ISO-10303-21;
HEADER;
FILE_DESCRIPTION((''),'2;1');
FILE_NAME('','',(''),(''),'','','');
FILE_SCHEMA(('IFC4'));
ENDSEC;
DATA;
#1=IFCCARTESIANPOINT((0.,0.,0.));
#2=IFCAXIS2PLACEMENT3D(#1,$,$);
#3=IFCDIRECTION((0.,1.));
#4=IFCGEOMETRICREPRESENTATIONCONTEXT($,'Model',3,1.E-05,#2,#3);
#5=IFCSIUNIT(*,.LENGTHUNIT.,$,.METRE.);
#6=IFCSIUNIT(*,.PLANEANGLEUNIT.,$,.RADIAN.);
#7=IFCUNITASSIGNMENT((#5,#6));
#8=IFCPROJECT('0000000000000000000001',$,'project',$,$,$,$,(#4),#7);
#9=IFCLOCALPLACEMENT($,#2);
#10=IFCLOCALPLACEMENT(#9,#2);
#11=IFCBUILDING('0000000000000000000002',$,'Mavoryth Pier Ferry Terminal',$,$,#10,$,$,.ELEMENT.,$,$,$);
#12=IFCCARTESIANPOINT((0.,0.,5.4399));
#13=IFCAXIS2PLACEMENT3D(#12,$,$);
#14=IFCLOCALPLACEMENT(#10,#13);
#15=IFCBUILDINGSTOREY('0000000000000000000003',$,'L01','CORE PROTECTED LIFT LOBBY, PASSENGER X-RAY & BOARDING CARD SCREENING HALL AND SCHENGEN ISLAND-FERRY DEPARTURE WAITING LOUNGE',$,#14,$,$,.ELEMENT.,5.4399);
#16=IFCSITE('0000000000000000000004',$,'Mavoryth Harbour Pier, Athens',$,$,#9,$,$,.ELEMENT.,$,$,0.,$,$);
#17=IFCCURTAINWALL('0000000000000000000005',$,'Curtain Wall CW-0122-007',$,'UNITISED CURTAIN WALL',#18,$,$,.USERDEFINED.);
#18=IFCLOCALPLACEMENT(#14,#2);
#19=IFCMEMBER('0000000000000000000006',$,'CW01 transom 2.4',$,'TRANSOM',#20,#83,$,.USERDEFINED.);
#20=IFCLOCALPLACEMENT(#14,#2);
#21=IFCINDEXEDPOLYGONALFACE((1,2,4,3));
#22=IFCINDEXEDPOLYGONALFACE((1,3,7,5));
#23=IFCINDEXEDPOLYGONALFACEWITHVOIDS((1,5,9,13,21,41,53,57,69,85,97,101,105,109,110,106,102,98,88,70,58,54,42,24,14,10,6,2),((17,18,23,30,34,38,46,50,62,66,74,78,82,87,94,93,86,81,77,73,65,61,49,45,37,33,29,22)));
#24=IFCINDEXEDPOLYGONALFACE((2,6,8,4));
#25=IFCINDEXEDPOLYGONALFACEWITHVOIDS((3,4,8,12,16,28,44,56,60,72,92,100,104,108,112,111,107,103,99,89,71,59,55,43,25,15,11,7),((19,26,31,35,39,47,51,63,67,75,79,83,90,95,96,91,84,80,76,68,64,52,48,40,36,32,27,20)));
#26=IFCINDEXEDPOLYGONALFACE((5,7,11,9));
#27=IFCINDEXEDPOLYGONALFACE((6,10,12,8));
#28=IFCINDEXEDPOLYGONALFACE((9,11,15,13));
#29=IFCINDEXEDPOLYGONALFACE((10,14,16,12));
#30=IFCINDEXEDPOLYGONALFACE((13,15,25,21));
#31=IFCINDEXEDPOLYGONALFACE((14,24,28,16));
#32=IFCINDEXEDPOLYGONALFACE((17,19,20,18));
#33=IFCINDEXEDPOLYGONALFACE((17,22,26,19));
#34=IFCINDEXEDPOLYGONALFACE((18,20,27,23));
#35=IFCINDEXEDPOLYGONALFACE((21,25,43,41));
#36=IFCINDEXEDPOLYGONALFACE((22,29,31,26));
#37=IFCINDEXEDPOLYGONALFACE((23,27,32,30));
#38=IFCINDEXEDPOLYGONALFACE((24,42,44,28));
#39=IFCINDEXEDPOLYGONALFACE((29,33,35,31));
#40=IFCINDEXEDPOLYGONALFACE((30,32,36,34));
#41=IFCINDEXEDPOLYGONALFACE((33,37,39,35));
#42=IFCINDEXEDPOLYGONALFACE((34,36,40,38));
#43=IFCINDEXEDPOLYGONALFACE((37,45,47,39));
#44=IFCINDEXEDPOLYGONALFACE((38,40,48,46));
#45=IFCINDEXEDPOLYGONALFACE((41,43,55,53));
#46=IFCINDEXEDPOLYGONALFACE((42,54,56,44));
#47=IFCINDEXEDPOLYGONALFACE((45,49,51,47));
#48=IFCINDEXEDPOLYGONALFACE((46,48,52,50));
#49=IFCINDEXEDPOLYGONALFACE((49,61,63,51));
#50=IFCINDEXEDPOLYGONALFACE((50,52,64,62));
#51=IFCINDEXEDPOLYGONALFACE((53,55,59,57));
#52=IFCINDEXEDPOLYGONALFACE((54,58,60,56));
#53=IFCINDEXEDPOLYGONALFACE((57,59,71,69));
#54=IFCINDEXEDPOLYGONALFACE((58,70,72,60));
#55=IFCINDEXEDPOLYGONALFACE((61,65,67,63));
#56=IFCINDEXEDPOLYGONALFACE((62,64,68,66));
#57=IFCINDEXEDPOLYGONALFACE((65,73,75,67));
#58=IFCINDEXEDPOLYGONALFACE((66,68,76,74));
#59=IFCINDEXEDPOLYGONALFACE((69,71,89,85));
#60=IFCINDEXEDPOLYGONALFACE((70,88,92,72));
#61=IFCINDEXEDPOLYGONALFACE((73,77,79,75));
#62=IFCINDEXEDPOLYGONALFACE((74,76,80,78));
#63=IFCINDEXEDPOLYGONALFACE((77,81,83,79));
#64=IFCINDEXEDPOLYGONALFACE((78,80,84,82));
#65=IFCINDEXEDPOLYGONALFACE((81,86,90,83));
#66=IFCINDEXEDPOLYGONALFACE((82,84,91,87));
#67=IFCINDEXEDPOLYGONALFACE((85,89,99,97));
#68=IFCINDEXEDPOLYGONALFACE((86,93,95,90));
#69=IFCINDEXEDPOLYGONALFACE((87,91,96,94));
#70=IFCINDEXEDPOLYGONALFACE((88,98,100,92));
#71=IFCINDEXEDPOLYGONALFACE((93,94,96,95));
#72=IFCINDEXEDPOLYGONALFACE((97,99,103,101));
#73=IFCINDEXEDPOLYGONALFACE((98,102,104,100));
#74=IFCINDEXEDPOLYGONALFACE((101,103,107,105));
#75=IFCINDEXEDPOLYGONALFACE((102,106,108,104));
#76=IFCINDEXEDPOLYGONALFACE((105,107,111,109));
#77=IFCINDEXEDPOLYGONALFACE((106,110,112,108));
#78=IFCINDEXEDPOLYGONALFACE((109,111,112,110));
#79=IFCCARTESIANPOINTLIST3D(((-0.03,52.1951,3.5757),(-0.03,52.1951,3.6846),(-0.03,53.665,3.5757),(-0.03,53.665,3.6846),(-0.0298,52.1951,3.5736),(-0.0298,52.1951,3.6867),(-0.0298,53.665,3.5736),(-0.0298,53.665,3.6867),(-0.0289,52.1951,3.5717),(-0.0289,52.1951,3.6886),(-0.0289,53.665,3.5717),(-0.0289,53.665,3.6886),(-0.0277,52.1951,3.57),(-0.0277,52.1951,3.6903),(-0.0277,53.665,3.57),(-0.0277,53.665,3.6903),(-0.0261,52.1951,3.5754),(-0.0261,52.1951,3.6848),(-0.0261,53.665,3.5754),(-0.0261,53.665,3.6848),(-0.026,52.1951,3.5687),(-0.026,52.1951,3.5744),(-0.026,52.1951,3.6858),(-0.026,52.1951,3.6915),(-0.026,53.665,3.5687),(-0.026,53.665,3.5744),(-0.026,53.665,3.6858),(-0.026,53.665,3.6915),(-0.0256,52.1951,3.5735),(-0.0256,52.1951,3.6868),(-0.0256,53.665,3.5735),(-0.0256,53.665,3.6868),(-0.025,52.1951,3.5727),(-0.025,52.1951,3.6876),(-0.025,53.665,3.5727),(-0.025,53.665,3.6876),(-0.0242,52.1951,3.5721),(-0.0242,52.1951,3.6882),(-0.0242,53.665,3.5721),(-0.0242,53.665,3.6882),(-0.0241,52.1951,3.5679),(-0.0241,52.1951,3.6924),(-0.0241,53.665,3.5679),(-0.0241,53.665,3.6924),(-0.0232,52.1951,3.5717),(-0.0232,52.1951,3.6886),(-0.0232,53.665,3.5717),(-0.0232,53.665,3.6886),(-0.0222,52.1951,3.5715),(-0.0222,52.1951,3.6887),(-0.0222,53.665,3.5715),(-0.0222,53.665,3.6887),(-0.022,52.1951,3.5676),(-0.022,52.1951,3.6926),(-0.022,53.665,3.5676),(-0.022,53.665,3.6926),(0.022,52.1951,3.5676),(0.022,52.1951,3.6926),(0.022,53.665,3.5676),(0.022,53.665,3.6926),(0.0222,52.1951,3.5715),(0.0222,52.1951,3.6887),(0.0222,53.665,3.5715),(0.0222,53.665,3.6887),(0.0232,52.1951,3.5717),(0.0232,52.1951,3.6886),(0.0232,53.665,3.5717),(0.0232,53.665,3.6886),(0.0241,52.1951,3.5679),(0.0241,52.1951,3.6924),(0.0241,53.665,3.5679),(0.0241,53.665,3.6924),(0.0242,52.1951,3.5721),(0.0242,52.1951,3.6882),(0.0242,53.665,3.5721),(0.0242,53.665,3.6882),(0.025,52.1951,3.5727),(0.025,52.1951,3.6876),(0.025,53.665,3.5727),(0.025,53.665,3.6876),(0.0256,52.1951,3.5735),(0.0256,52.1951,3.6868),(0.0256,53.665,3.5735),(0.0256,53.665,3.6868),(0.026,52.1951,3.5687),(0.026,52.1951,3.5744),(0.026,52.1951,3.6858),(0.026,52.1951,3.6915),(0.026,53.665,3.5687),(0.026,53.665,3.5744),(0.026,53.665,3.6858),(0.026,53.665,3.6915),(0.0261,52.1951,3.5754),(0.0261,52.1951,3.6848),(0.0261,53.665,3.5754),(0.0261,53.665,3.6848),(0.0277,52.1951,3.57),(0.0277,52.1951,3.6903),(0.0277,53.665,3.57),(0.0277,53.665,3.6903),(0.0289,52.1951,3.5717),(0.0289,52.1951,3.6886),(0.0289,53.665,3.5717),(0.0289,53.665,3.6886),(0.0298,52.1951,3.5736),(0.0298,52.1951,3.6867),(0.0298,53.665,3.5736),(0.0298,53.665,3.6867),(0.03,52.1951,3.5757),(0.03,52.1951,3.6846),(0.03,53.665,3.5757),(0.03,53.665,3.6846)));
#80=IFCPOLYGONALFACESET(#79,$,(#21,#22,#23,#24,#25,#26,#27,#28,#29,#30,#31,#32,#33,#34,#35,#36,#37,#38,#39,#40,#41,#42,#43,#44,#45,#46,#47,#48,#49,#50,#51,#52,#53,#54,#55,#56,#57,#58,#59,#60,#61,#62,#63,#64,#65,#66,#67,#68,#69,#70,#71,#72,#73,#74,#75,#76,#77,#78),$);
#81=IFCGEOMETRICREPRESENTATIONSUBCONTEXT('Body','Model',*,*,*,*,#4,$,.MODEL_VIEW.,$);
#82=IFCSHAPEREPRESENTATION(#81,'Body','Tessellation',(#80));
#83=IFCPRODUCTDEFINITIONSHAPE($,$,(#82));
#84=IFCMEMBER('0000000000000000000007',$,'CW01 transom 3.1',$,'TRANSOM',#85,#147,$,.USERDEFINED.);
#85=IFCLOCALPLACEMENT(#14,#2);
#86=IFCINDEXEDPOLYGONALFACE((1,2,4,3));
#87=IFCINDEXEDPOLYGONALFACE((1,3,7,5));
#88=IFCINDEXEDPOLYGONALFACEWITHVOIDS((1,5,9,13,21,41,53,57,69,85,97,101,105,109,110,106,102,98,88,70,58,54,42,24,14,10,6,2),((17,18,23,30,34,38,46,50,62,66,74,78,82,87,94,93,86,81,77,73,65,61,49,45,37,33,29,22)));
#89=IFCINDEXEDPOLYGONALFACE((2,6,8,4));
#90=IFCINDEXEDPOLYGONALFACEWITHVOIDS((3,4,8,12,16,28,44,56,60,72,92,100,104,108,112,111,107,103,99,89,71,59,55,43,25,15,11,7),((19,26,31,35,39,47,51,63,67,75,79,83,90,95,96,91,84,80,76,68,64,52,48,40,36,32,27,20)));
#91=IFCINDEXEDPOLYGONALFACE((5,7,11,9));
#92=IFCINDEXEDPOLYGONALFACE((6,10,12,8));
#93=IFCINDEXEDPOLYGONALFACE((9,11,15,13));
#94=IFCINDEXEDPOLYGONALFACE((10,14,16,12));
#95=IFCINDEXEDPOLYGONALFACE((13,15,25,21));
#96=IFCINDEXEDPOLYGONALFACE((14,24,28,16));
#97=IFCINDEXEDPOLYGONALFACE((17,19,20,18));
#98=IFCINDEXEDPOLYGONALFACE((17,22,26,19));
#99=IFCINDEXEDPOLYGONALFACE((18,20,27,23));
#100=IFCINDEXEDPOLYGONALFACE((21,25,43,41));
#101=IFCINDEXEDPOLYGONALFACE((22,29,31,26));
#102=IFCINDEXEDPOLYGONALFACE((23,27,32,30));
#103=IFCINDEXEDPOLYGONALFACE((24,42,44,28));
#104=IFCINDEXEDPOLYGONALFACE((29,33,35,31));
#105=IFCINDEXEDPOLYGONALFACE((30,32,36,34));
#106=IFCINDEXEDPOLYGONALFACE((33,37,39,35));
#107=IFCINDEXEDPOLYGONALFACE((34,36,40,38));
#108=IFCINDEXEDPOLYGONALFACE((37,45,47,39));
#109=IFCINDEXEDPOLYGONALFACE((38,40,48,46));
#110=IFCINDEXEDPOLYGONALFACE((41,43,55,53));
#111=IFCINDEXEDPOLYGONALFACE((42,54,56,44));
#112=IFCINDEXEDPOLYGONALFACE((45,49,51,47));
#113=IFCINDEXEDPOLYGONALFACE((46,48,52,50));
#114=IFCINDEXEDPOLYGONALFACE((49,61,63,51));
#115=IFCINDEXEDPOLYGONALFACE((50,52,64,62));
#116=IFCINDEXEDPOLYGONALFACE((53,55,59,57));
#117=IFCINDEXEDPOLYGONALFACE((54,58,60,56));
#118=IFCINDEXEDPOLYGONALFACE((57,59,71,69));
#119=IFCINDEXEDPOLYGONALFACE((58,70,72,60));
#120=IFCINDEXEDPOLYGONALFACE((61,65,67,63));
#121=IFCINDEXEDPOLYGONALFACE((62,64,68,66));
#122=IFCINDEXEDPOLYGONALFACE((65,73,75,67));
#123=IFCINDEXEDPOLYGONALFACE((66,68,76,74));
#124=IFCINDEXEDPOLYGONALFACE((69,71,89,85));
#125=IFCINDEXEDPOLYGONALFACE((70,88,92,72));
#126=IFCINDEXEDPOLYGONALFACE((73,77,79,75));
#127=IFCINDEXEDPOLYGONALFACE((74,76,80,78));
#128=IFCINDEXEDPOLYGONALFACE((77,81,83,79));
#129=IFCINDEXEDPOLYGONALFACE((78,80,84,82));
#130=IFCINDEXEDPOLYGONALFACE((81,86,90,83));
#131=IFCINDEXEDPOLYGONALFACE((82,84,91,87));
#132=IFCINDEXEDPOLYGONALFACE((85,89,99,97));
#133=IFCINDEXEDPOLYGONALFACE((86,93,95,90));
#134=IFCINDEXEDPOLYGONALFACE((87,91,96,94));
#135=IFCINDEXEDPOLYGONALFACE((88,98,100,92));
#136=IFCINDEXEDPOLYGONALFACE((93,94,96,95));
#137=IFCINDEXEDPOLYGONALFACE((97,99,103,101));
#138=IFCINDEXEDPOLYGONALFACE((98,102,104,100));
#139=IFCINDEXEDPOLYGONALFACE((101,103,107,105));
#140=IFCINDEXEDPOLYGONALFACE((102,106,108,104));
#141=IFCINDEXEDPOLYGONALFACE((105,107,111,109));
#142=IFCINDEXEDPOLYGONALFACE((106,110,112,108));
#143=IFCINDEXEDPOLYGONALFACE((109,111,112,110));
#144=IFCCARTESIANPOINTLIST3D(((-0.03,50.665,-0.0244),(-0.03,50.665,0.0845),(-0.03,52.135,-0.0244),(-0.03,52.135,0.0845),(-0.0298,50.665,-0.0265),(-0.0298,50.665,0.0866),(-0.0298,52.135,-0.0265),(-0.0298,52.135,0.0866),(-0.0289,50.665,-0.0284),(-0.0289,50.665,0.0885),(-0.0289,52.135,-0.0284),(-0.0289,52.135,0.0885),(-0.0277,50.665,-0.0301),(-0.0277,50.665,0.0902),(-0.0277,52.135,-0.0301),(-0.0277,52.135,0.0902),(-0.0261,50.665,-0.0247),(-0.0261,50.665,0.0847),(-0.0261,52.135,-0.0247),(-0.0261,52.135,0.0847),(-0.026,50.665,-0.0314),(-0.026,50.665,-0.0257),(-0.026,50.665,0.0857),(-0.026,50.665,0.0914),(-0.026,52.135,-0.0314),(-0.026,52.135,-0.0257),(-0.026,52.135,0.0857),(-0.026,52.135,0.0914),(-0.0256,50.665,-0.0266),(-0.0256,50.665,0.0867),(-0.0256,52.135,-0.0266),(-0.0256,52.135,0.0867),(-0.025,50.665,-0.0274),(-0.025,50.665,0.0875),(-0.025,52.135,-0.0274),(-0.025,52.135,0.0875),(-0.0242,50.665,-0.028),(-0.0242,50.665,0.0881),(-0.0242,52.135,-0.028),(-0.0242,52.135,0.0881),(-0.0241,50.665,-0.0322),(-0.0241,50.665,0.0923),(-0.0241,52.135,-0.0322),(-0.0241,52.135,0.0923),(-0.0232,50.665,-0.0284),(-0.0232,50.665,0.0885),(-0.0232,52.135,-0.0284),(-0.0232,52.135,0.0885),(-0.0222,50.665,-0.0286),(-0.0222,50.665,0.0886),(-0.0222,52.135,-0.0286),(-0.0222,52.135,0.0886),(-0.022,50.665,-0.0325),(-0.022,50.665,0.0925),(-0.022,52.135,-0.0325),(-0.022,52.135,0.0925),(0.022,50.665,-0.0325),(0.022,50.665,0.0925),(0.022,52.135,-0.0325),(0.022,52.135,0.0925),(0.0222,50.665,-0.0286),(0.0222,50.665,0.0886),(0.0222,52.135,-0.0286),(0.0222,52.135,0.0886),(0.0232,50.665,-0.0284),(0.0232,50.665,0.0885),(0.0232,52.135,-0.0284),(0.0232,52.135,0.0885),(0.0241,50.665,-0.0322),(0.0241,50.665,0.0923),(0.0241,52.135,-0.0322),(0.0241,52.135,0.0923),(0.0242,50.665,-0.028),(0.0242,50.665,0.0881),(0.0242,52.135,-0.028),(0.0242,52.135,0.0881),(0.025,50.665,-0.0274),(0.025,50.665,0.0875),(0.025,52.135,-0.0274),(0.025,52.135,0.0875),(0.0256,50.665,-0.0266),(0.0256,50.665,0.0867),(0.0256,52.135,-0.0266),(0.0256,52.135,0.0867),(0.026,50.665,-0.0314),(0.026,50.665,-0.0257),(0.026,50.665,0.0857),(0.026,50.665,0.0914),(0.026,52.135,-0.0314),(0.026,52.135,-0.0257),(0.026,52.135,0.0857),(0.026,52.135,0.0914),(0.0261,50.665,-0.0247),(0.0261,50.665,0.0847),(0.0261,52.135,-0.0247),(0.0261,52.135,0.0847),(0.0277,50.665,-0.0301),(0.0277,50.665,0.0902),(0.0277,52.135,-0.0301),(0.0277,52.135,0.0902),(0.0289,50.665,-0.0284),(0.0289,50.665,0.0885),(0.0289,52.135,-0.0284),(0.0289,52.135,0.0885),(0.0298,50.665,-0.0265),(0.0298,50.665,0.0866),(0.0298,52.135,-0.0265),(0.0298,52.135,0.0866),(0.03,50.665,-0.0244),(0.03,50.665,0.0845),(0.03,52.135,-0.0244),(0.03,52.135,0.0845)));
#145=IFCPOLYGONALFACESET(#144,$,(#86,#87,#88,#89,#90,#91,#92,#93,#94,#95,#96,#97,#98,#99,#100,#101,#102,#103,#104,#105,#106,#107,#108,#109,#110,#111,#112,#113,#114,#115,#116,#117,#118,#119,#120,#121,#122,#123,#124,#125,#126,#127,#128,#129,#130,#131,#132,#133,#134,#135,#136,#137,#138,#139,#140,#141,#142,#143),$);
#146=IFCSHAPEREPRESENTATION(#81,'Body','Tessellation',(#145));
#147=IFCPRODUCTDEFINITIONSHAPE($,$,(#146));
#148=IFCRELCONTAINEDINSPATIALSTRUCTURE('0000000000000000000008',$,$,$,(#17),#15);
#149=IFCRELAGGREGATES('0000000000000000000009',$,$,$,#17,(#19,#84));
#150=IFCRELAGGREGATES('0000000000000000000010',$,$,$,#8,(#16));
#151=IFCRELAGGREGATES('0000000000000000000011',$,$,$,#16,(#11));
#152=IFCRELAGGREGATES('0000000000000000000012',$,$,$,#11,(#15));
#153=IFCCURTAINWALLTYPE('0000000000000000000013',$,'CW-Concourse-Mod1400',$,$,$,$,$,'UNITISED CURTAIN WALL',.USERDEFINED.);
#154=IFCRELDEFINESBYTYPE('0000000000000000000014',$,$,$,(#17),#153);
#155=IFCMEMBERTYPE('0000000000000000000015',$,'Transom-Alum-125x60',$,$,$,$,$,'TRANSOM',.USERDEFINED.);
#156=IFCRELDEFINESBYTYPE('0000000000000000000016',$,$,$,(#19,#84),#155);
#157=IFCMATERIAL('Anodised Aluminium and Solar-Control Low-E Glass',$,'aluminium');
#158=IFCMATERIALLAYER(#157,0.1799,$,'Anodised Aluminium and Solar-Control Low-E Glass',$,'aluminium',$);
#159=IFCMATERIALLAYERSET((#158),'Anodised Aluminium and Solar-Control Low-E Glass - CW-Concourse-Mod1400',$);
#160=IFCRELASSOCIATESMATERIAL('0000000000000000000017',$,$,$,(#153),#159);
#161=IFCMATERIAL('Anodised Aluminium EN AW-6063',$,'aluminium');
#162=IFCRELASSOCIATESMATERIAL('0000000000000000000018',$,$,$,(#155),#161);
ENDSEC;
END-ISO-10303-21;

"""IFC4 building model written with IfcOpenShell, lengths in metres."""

from ifc_helpers import new_model, si_unit, direction, frame, origin, origin_2d, place, context, subcontext, project, spatial, hollow_rectangle, extrude, material, layer, layer_set, material_profile, profile_set, type_object, element, aggregate, save


model = new_model("IFC4")

# Units and contexts
model_context = context("Model", 3, precision=1e-05, world=origin(), true_north=direction((0.0, 1.0)))
body_context = subcontext(model_context, "Body", "Model", "MODEL_VIEW")
ifc_project = project(units=[si_unit("LENGTHUNIT", "METRE"), si_unit("PLANEANGLEUNIT", "RADIAN")], contexts=[model_context])

# Site, building, storey
site_placement = place(None, origin())
site = spatial("IfcSite", under=ifc_project, at=site_placement, Name="Mavoryth Harbour Pier, Athens", CompositionType="ELEMENT", RefElevation=0.0)
building_placement = place(site_placement, origin())
building = spatial("IfcBuilding", under=site, at=building_placement, Name="Mavoryth Pier Ferry Terminal", CompositionType="ELEMENT")
storey_placement = place(building_placement, frame((0.0, 0.0, 5.4399)))
storey = spatial("IfcBuildingStorey", under=building, at=storey_placement, Name="L01", Description="CORE PROTECTED LIFT LOBBY, PASSENGER X-RAY & BOARDING CARD SCREENING HALL AND SCHENGEN ISLAND-FERRY DEPARTURE WAITING LOUNGE", CompositionType="ELEMENT", Elevation=5.4399)

# Curtain wall
ifc_material_1 = material(Name="Anodised Aluminium and Solar-Control Low-E Glass", Category="aluminium")
ifc_layer_1 = layer(ifc_material_1, 0.1799, Name="Anodised Aluminium and Solar-Control Low-E Glass", Category="aluminium")
ifc_layer_set_1 = layer_set([ifc_layer_1], Name="Anodised Aluminium and Solar-Control Low-E Glass - CW-Concourse-Mod1400")
curtain_wall_type = type_object("IfcCurtainWallType", Name="CW-Concourse-Mod1400", ElementType="UNITISED CURTAIN WALL", PredefinedType="USERDEFINED", material=ifc_layer_set_1)
curtain_wall_placement = place(storey_placement, origin())
curtain_wall = element("IfcCurtainWall", 1, at=curtain_wall_placement, inside=storey, type_object=curtain_wall_type, Name="Curtain Wall CW-0122-007", ObjectType="UNITISED CURTAIN WALL", PredefinedType="USERDEFINED")
ifc_material_2 = material(Name="Anodised Aluminium EN AW-6063", Category="aluminium")

# Members
ifc_material_profile_1 = material_profile(ifc_material_2, hollow_rectangle(XDim=0.0601, YDim=0.125, WallThickness=0.0039, InnerFilletRadius=0.0039, OuterFilletRadius=0.0081, at=origin_2d()), Name="AL-TRAN 125x60x4", Category="aluminium")
ifc_profile_set_1 = profile_set([ifc_material_profile_1], Name="Anodised Aluminium EN AW-6063 - AL-TRAN 125x60x4")
member_type_1 = type_object("IfcMemberType", Name="Transom-Alum-125x60", ElementType="TRANSOM", PredefinedType="USERDEFINED", material=ifc_profile_set_1)
member_1_placement = place(storey_placement, frame((0.0, 53.665, 3.6301), z_axis=(0.0, -1.0, 0.0), x_axis=(1.0, 0.0, 0.0)))
member_1 = element("IfcMember", 2, at=member_1_placement, type_object=member_type_1, Name="CW01 transom 2.4", ObjectType="TRANSOM", PredefinedType="USERDEFINED", context=body_context, shape_type="SweptSolid", body=[
    extrude(hollow_rectangle(XDim=0.0601, YDim=0.125, WallThickness=0.0039, InnerFilletRadius=0.0039, OuterFilletRadius=0.0081, at=origin_2d()), origin(), (0.0, 0.0, 1.0), 1.47),
])
member_2_placement = place(storey_placement, frame((0.0, 52.135, 0.03), z_axis=(0.0, -1.0, 0.0), x_axis=(1.0, 0.0, 0.0)))
member_2 = element("IfcMember", 3, at=member_2_placement, type_object=member_type_1, Name="CW01 transom 3.1", ObjectType="TRANSOM", PredefinedType="USERDEFINED", context=body_context, shape_type="SweptSolid", body=[
    extrude(hollow_rectangle(XDim=0.0601, YDim=0.125, WallThickness=0.0039, InnerFilletRadius=0.0039, OuterFilletRadius=0.0081, at=origin_2d()), origin(), (0.0, 0.0, 1.0), 1.47),
])

aggregate(curtain_wall, [member_1, member_2])

save(model, "model.ifc")
